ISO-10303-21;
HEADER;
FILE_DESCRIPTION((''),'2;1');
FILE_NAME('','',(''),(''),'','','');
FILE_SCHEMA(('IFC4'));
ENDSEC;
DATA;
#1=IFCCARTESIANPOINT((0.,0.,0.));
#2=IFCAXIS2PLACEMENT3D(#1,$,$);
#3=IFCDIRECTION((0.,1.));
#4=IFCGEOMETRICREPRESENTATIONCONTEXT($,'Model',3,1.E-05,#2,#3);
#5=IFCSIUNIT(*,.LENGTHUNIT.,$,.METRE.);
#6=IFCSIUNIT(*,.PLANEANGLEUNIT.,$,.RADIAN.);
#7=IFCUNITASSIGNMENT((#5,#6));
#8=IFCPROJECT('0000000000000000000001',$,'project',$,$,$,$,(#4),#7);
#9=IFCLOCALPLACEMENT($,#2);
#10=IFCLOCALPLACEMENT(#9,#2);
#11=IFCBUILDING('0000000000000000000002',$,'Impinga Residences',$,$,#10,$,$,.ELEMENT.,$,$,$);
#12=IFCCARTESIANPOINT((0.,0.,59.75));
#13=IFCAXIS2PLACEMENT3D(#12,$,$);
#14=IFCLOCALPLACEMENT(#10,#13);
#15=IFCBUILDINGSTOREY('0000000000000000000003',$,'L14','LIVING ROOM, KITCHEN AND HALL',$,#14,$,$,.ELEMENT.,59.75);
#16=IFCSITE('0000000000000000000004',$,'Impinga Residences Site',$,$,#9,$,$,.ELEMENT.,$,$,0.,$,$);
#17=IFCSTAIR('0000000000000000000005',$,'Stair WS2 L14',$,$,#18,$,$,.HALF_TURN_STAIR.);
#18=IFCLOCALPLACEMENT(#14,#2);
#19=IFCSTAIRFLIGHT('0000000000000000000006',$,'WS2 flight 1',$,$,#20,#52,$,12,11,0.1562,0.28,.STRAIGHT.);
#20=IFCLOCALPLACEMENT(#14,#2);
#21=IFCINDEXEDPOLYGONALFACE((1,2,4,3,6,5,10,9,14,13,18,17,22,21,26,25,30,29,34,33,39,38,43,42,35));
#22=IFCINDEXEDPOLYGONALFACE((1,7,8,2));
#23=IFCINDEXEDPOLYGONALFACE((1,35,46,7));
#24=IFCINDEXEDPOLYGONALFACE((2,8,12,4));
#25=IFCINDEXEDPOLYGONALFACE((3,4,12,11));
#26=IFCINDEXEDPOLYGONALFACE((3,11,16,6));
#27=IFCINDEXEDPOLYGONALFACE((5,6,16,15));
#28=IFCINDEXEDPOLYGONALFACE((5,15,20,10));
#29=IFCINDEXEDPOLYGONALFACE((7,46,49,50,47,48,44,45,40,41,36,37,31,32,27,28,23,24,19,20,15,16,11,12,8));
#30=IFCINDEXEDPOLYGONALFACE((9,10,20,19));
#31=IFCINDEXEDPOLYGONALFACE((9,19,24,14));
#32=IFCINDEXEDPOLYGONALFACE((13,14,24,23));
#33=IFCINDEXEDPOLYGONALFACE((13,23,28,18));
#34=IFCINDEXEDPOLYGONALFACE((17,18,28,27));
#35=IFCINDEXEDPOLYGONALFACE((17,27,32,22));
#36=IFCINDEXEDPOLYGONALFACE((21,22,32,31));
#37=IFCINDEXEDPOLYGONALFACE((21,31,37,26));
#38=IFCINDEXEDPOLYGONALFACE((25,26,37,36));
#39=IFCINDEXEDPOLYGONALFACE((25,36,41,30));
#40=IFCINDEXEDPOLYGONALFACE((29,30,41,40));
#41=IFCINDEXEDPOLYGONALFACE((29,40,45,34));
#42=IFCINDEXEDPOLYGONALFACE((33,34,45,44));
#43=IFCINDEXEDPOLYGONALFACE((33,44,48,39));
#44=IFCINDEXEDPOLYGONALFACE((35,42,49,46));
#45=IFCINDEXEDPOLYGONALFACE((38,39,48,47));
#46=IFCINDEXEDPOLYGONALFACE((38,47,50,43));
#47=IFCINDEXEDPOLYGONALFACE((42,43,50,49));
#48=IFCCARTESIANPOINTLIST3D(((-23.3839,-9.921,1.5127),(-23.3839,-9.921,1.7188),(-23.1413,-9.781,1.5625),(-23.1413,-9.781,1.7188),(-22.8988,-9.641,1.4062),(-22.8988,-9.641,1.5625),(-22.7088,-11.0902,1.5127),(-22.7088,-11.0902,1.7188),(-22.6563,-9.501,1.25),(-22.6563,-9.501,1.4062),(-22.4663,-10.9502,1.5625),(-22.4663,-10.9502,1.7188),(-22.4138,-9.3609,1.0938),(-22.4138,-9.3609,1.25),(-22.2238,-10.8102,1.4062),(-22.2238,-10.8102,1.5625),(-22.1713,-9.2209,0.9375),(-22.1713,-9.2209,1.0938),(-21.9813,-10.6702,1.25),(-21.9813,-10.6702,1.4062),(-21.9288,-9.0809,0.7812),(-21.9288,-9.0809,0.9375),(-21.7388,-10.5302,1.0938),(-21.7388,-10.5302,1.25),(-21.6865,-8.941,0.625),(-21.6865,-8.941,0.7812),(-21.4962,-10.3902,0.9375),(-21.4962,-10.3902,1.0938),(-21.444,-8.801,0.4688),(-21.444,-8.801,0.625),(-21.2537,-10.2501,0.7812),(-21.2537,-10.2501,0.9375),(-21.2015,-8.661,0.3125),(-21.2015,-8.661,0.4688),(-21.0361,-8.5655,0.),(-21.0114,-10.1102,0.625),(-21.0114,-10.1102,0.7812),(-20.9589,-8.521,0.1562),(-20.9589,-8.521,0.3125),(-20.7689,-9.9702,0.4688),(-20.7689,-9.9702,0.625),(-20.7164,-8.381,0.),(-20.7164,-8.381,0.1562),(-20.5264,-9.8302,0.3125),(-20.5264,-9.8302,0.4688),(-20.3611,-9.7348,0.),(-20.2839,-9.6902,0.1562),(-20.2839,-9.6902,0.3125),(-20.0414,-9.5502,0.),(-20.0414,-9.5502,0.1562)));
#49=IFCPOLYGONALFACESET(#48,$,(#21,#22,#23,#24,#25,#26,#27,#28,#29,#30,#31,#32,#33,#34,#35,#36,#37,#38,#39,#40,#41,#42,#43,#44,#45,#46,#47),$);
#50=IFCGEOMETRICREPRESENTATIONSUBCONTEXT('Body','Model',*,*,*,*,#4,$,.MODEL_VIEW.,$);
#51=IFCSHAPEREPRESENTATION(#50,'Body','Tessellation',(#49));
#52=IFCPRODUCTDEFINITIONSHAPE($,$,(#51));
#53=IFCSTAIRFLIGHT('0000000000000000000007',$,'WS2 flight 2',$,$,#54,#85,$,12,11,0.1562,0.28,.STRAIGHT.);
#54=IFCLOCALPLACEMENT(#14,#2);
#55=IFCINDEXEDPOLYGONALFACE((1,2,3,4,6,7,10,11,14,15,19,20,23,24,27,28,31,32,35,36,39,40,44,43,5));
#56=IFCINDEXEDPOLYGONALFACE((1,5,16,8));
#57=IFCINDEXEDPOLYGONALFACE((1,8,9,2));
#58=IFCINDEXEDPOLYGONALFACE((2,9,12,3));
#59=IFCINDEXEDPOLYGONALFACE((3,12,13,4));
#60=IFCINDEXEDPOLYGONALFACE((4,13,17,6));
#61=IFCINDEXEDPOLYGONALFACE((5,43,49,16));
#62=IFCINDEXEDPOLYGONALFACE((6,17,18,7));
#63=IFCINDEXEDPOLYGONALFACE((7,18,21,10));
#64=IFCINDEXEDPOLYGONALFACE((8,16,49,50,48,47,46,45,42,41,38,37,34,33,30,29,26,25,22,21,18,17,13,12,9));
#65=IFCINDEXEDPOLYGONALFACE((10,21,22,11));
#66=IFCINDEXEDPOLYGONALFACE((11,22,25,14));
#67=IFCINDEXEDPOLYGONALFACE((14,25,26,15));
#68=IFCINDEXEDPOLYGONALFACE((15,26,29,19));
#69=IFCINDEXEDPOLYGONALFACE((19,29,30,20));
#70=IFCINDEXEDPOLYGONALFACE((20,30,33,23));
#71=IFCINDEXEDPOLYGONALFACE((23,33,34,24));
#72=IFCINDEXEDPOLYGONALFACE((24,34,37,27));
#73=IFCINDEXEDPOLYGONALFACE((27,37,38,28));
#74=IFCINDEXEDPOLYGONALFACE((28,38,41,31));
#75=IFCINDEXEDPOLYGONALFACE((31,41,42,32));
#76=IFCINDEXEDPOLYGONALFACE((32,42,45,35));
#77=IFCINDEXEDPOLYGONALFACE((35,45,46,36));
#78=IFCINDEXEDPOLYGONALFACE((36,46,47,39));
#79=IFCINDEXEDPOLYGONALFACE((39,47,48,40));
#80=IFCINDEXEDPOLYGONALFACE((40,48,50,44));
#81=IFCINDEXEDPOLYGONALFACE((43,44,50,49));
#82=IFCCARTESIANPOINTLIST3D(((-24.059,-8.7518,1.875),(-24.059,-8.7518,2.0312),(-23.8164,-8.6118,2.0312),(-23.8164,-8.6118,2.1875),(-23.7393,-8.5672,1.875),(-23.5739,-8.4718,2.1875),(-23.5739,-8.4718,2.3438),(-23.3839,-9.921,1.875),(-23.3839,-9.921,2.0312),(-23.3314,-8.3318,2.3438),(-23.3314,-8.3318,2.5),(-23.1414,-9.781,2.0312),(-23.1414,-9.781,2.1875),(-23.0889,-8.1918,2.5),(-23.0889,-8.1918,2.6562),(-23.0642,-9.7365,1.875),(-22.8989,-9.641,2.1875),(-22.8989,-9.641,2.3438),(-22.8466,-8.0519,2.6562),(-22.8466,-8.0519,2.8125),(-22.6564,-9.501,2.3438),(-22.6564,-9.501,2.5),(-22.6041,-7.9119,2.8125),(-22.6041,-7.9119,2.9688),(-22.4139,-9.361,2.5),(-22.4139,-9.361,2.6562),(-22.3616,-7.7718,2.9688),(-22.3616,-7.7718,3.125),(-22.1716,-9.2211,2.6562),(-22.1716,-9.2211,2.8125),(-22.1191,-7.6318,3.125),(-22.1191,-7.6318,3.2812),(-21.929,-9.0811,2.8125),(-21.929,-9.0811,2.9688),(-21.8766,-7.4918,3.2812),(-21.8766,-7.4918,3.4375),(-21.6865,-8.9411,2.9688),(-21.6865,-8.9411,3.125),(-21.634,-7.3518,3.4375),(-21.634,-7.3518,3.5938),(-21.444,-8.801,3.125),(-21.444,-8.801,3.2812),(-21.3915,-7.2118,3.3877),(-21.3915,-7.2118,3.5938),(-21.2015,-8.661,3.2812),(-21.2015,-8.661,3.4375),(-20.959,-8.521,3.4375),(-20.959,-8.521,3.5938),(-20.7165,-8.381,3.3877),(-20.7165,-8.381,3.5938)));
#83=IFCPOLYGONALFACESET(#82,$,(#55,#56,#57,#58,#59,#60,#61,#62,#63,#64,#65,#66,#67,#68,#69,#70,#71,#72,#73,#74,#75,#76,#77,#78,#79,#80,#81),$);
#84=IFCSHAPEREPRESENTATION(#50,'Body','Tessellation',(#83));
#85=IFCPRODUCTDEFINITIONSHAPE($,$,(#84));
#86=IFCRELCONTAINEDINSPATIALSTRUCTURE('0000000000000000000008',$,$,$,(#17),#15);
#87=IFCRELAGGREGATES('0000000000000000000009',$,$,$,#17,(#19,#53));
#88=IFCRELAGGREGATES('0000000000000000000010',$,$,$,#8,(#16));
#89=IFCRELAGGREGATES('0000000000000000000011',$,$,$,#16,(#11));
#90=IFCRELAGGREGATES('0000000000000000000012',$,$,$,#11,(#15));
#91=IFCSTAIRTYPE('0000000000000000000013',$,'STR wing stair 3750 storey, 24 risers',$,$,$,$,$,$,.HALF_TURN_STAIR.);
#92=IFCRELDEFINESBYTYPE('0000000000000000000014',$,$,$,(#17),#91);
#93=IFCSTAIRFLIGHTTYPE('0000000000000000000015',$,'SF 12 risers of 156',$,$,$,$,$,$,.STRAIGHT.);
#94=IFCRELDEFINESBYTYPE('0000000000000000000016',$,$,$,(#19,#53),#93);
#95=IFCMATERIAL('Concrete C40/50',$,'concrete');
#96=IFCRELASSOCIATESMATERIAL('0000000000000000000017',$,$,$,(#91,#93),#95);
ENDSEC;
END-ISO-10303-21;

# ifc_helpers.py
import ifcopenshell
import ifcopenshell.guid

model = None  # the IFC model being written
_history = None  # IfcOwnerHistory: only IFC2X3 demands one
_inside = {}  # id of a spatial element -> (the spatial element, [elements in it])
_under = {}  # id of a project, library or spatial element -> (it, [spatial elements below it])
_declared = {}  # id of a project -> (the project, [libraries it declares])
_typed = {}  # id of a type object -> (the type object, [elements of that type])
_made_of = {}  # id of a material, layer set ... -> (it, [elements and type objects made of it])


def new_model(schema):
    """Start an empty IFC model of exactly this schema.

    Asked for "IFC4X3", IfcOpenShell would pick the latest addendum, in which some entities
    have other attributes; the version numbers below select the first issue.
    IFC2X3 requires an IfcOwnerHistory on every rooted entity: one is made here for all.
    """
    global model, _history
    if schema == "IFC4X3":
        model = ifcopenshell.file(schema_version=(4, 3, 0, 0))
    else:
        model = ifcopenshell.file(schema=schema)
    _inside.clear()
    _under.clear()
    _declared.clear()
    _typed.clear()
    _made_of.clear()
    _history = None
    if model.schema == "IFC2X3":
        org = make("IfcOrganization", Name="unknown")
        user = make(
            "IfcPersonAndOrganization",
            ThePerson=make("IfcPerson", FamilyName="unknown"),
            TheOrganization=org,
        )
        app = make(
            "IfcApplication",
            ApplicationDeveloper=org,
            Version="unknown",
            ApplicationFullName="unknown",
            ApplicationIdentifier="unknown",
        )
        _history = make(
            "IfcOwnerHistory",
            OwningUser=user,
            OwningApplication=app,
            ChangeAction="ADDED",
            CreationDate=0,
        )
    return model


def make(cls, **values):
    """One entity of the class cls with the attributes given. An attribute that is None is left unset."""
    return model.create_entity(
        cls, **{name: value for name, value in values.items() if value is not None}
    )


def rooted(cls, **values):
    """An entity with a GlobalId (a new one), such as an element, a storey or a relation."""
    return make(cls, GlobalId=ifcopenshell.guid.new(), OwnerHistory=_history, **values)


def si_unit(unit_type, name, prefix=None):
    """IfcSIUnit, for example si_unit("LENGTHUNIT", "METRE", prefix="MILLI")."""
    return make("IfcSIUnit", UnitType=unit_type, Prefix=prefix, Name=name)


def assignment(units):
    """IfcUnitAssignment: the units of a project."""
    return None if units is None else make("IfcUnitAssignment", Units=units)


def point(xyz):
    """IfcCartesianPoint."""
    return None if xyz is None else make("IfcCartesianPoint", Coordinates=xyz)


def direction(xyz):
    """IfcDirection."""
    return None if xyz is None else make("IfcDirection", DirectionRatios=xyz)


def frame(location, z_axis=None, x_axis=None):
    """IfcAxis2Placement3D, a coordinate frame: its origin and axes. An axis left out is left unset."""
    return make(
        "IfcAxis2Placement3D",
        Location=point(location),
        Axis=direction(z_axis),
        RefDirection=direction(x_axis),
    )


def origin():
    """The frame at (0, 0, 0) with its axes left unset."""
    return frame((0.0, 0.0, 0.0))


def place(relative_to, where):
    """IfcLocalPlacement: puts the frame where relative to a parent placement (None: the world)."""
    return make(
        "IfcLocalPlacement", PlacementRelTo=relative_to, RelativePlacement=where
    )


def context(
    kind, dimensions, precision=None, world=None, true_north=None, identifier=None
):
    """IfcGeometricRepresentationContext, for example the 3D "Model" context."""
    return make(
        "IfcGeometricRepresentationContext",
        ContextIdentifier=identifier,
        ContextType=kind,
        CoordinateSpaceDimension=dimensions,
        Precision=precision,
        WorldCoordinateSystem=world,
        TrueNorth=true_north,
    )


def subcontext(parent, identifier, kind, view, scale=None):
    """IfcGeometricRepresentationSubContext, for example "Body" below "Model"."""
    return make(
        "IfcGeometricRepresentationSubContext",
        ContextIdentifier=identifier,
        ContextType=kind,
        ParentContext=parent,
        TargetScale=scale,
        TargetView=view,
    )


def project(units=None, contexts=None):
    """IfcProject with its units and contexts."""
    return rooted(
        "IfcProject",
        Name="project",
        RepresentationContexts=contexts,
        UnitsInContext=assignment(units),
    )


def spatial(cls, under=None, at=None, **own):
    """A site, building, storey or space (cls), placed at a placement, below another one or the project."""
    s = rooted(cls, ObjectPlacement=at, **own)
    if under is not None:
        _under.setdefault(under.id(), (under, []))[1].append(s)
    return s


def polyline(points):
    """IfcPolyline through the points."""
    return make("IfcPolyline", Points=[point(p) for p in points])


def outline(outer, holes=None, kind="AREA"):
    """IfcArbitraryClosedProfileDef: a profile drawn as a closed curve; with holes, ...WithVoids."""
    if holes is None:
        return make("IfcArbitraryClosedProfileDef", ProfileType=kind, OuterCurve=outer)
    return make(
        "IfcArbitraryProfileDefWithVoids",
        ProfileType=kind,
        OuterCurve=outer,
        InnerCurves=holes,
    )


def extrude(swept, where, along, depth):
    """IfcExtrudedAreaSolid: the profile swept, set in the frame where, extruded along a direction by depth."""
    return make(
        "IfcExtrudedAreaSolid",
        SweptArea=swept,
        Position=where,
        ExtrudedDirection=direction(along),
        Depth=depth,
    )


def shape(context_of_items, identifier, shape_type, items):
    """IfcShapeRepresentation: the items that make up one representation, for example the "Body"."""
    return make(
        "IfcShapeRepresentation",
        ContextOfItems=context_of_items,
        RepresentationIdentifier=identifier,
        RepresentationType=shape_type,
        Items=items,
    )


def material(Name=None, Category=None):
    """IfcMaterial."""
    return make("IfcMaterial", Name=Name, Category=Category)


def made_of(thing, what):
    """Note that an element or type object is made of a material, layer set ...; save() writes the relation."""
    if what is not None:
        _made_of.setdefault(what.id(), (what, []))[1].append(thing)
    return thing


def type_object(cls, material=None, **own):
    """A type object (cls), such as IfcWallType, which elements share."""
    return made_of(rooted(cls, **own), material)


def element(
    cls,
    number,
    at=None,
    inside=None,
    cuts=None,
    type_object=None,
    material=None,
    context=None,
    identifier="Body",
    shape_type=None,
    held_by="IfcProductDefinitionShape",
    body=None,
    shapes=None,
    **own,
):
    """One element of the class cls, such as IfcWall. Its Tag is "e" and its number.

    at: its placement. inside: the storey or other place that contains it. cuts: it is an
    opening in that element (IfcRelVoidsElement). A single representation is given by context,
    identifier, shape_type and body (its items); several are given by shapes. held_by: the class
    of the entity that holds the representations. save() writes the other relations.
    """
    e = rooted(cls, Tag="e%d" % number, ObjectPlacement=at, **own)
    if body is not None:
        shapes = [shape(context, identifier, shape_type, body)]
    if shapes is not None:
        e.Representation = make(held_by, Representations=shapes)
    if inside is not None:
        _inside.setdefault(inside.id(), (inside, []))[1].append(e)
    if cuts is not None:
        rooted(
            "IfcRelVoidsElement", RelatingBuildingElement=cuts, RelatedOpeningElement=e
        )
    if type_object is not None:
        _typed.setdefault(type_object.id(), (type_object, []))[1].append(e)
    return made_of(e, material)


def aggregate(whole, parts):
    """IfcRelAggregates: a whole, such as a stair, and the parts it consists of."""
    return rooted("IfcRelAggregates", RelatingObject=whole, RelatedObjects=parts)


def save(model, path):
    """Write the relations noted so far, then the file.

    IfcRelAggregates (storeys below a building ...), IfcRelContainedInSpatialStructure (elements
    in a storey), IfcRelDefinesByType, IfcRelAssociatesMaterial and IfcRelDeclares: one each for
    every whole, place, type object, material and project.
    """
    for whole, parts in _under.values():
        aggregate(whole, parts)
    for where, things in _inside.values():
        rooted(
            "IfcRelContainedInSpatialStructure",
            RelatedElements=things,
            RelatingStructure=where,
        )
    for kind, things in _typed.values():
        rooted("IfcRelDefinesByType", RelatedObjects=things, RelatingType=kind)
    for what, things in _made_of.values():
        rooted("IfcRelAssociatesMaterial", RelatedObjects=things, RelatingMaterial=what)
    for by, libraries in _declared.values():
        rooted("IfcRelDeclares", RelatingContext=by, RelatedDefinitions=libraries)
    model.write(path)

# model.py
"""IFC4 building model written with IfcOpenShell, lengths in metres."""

from ifc_helpers import new_model, si_unit, direction, frame, origin, place, context, subcontext, project, spatial, polyline, outline, extrude, material, type_object, element, aggregate, save


model = new_model("IFC4")

# Units and contexts
model_context = context("Model", 3, precision=1e-05, world=origin(), true_north=direction((0.0, 1.0)))
body_context = subcontext(model_context, "Body", "Model", "MODEL_VIEW")
ifc_project = project(units=[si_unit("LENGTHUNIT", "METRE"), si_unit("PLANEANGLEUNIT", "RADIAN")], contexts=[model_context])

# Site, building, storey
site_placement = place(None, origin())
site = spatial("IfcSite", under=ifc_project, at=site_placement, Name="Impinga Residences Site", CompositionType="ELEMENT", RefElevation=0.0)
building_placement = place(site_placement, origin())
building = spatial("IfcBuilding", under=site, at=building_placement, Name="Impinga Residences", CompositionType="ELEMENT")
storey_placement = place(building_placement, frame((0.0, 0.0, 59.75)))
storey = spatial("IfcBuildingStorey", under=building, at=storey_placement, Name="L14", Description="LIVING ROOM, KITCHEN AND HALL", CompositionType="ELEMENT", Elevation=59.75)

# Stair, stair flights
ifc_material_1 = material(Name="Concrete C40/50", Category="concrete")
stair_type = type_object("IfcStairType", Name="STR wing stair 3750 storey, 24 risers", PredefinedType="HALF_TURN_STAIR", material=ifc_material_1)
stair_placement = place(storey_placement, origin())
stair = element("IfcStair", 1, at=stair_placement, inside=storey, type_object=stair_type, Name="Stair WS2 L14", PredefinedType="HALF_TURN_STAIR")
stair_flight_type = type_object("IfcStairFlightType", Name="SF 12 risers of 156", PredefinedType="STRAIGHT", material=ifc_material_1)
stair_flight_1_placement = place(storey_placement, frame((-20.3789, -8.9656, 0.0), z_axis=(0.0, 0.0, 1.0), x_axis=(-0.866025, -0.5, 0.0)))
stair_flight_1 = element("IfcStairFlight", 2, at=stair_flight_1_placement, type_object=stair_flight_type, Name="WS2 flight 1", NumberOfRisers=12, NumberOfTreads=11, PredefinedType="STRAIGHT", RiserHeight=0.1562, TreadLength=0.28, context=body_context, shape_type="SweptSolid", body=[
    extrude(outline(polyline([(0.0, 0.0), (0.0, 0.1562), (0.28, 0.1562), (0.28, 0.3125), (0.5601, 0.3125), (0.5601, 0.4688), (0.8401, 0.4688), (0.8401, 0.625), (1.1201, 0.625), (1.1201, 0.7812), (1.3999, 0.7812), (1.3999, 0.9375), (1.6799, 0.9375), (1.6799, 1.0938), (1.96, 1.0938), (1.96, 1.25), (2.24, 1.25), (2.24, 1.4062), (2.52, 1.4062), (2.52, 1.5625), (2.8, 1.5625), (2.8, 1.7188), (3.0801, 1.7188), (3.0801, 1.875), (3.0801, 1.5127), (0.3691, 0.0), (0.0, 0.0)])), frame((0.0, 0.675, 0.0), z_axis=(0.0, -1.0, 0.0), x_axis=(1.0, 0.0, 0.0)), (0.0, 0.0, 1.0), 1.3501),
])
stair_flight_2_placement = place(storey_placement, frame((-23.7214, -9.3364, 1.875), z_axis=(0.0, 0.0, 1.0), x_axis=(0.866025, 0.5, 0.0)))
stair_flight_2 = element("IfcStairFlight", 3, at=stair_flight_2_placement, type_object=stair_flight_type, Name="WS2 flight 2", NumberOfRisers=12, NumberOfTreads=11, PredefinedType="STRAIGHT", RiserHeight=0.1562, TreadLength=0.28, context=body_context, shape_type="SweptSolid", body=[
    extrude(outline(polyline([(0.0, 0.0), (0.0, 0.1562), (0.28, 0.1562), (0.28, 0.3125), (0.5601, 0.3125), (0.5601, 0.4688), (0.8401, 0.4688), (0.8401, 0.625), (1.1201, 0.625), (1.1201, 0.7812), (1.3999, 0.7812), (1.3999, 0.9375), (1.6799, 0.9375), (1.6799, 1.0938), (1.96, 1.0938), (1.96, 1.25), (2.24, 1.25), (2.24, 1.4062), (2.52, 1.4062), (2.52, 1.5625), (2.8, 1.5625), (2.8, 1.7188), (3.0801, 1.7188), (3.0801, 1.875), (3.0801, 1.5127), (0.3691, 0.0), (0.0, 0.0)])), frame((0.0, 0.675, 0.0), z_axis=(0.0, -1.0, 0.0), x_axis=(1.0, 0.0, 0.0)), (0.0, 0.0, 1.0), 1.3501),
])
aggregate(stair, [stair_flight_1, stair_flight_2])

save(model, "model.ifc")
